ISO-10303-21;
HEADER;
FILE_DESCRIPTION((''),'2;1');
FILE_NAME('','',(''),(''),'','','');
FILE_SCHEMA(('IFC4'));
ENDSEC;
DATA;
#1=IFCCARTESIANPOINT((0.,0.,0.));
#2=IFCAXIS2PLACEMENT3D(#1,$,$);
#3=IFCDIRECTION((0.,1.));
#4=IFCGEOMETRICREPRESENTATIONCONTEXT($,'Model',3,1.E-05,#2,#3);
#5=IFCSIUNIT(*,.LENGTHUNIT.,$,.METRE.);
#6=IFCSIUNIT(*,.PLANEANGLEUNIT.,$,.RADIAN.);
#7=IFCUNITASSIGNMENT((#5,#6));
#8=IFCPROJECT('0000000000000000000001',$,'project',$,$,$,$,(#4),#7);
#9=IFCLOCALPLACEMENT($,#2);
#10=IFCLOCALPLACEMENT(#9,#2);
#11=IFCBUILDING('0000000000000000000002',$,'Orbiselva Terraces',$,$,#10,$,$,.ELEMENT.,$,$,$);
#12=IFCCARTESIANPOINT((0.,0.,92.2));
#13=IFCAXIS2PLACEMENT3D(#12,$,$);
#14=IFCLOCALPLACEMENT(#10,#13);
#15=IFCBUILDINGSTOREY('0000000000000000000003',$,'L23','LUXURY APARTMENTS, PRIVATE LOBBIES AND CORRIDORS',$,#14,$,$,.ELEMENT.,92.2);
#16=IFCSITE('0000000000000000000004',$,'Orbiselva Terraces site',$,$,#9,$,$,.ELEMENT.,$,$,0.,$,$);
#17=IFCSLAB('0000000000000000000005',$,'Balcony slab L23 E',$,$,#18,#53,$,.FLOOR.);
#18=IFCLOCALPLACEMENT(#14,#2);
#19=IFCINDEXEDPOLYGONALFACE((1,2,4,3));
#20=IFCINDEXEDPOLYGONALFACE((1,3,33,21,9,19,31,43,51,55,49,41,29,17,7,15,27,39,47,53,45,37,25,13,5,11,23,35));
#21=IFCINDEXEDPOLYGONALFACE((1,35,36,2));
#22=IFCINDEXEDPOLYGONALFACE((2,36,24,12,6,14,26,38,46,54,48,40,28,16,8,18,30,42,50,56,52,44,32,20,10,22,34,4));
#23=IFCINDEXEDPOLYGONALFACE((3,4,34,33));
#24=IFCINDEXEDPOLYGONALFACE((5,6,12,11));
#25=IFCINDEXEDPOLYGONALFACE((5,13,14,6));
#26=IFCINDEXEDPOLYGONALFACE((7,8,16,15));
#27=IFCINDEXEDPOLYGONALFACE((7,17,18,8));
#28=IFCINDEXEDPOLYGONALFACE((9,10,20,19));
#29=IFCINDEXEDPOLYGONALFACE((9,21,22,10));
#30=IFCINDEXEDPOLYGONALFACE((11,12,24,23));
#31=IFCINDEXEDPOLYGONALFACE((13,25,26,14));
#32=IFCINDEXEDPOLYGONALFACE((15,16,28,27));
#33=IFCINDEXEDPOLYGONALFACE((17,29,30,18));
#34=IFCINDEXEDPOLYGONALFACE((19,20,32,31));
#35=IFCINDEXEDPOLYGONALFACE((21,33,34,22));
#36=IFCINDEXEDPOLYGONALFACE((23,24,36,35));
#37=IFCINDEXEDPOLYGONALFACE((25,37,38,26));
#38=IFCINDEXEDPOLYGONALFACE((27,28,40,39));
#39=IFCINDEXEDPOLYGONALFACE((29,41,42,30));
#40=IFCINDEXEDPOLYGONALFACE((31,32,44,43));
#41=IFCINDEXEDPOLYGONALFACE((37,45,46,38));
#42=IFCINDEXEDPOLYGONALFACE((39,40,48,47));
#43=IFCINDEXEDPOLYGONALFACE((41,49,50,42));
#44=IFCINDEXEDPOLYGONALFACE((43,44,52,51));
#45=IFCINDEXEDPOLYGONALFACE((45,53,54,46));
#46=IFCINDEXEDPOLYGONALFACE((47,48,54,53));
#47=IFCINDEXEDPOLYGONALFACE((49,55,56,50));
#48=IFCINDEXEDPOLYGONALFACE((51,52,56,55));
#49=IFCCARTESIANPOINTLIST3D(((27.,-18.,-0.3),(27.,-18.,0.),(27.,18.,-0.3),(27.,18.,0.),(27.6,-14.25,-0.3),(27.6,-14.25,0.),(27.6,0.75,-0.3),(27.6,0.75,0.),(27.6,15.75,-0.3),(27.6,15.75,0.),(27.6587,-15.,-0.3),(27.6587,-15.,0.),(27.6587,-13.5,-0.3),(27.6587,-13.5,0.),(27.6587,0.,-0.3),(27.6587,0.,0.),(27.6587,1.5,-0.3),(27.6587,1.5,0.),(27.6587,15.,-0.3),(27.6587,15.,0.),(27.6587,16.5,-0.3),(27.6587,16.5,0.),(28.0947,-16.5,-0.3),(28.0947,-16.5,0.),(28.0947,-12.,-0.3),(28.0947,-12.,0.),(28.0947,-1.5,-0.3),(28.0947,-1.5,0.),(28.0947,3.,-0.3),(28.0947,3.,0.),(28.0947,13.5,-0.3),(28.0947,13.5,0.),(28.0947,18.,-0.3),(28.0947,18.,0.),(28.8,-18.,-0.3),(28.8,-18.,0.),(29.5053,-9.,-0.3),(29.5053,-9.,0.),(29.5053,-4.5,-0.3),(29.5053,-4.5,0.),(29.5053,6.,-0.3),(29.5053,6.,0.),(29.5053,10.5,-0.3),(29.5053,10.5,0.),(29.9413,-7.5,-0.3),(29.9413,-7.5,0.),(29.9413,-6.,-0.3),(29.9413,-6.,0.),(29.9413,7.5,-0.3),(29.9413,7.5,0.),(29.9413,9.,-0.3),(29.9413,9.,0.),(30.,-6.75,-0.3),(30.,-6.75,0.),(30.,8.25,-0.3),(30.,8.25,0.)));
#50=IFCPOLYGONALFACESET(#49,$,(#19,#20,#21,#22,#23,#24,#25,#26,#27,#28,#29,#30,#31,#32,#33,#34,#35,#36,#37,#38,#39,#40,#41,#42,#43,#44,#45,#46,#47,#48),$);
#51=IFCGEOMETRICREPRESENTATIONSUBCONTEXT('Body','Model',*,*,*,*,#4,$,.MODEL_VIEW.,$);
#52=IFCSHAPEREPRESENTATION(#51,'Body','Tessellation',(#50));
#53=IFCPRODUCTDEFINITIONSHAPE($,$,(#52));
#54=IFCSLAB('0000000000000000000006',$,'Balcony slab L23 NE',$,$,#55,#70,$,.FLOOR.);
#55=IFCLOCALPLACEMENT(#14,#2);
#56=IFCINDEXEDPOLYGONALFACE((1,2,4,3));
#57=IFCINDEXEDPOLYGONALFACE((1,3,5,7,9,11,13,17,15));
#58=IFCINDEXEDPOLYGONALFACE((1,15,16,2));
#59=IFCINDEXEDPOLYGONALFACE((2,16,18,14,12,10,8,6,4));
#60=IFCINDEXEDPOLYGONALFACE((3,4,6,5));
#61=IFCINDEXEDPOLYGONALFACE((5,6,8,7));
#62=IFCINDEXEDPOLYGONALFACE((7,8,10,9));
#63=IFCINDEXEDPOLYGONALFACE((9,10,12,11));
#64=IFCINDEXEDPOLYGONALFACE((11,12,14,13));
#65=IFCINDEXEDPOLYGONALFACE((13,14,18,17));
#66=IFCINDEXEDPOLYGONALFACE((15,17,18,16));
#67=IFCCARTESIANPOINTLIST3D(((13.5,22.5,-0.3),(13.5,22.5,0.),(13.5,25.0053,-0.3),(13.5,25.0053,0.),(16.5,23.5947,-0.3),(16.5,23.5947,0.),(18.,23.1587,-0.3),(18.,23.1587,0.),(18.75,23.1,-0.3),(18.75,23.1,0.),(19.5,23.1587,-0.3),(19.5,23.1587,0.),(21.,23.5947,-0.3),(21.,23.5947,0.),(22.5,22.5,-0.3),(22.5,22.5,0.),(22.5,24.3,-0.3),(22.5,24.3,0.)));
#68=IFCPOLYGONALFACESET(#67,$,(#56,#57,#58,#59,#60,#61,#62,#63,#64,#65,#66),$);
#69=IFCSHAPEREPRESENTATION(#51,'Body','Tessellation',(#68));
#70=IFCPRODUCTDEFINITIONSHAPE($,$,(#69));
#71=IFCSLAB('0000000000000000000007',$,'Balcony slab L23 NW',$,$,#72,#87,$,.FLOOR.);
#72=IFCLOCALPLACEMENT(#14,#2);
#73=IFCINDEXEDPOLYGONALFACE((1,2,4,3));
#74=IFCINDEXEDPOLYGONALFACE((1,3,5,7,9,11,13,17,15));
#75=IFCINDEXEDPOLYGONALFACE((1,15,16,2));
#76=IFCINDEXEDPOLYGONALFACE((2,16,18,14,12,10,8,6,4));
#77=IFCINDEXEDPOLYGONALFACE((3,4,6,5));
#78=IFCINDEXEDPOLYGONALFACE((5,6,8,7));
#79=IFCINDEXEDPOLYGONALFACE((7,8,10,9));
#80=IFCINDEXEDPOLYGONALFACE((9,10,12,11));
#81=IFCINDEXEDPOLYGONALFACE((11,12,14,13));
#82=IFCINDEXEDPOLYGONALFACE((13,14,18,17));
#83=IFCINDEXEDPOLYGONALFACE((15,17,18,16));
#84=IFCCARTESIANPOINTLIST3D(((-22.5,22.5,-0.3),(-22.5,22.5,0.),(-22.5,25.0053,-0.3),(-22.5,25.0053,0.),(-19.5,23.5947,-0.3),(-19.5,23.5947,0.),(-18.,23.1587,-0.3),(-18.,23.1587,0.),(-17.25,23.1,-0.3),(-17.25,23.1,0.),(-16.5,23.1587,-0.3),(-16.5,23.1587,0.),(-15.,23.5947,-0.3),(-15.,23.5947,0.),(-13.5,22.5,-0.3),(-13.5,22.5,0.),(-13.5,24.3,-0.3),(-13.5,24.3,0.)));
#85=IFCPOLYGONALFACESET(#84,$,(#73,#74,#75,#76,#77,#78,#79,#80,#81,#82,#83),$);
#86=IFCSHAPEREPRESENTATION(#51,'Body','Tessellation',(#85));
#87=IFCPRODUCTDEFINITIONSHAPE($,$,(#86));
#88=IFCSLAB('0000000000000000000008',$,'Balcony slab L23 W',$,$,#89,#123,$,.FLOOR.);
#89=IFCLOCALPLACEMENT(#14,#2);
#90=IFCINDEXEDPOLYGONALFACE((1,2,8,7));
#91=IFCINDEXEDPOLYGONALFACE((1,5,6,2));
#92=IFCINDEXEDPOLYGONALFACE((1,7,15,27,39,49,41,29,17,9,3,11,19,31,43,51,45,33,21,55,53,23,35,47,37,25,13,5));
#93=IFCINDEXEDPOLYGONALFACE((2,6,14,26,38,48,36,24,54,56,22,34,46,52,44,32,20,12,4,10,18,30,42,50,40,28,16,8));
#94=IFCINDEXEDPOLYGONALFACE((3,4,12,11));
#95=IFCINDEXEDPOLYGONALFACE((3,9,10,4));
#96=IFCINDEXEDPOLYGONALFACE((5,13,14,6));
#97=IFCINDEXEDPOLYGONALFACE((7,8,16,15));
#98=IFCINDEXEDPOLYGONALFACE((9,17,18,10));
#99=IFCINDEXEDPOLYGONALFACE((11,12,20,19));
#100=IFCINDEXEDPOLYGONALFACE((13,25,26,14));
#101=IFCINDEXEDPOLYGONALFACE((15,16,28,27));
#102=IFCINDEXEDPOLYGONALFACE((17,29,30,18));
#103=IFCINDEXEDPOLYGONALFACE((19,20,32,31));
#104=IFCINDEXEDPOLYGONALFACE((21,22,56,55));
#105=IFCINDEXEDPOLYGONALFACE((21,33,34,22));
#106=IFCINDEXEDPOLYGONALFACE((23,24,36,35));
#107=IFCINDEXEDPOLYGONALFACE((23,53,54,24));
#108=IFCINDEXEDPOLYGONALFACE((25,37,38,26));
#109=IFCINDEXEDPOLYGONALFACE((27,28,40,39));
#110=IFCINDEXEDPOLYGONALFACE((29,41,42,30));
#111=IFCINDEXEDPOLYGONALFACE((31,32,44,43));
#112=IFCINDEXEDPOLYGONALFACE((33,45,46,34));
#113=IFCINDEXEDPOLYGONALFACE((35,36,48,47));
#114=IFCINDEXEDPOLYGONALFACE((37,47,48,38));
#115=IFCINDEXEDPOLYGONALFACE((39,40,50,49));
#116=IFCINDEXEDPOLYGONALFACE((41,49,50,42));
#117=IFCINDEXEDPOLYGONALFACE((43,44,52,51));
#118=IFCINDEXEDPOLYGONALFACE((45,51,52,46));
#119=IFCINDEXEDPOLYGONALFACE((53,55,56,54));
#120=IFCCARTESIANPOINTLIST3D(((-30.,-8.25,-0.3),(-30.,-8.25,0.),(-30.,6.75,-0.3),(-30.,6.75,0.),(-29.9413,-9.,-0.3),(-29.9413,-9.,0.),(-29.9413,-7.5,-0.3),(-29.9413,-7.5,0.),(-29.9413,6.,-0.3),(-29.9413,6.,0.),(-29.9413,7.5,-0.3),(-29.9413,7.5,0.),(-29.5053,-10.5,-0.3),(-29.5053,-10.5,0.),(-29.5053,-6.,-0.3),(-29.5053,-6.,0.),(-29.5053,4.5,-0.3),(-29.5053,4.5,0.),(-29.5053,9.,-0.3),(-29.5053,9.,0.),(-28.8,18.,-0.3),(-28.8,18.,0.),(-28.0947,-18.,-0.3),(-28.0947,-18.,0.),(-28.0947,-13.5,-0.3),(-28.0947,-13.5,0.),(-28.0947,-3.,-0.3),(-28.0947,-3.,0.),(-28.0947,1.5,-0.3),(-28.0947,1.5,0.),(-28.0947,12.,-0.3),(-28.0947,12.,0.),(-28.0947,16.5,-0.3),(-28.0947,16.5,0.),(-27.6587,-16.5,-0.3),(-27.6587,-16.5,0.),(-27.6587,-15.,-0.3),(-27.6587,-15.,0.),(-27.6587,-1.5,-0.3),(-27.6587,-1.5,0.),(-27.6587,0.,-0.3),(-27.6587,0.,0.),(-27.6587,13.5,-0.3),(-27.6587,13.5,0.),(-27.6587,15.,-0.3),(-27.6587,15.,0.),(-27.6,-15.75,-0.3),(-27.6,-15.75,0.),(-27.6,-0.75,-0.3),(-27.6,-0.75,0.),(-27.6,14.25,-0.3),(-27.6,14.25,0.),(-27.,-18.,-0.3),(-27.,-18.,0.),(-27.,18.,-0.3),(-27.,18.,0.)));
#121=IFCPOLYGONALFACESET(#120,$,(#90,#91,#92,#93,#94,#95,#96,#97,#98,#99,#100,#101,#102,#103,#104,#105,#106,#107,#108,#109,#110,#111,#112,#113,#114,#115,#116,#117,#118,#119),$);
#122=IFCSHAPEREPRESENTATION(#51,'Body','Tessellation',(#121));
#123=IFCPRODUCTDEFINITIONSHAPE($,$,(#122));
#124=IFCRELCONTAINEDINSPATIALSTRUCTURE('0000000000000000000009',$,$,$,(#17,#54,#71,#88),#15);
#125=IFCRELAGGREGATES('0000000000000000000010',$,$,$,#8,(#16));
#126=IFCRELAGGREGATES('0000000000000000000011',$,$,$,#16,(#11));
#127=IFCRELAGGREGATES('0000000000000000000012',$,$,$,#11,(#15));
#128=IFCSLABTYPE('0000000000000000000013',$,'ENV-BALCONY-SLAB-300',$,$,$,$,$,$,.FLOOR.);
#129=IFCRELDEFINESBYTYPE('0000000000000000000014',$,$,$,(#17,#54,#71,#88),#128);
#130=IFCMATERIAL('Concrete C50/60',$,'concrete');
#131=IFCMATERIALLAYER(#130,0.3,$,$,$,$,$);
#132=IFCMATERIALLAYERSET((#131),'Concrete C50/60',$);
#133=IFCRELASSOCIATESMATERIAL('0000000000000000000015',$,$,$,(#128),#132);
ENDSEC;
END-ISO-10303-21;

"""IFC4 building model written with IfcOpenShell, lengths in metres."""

from ifc_helpers import new_model, si_unit, direction, frame, origin, place, context, subcontext, project, spatial, polyline, outline, extrude, material, layer, layer_set, type_object, element, save


model = new_model("IFC4")

# Units and contexts
model_context = context("Model", 3, precision=1e-05, world=origin(), true_north=direction((0.0, 1.0)))
body_context = subcontext(model_context, "Body", "Model", "MODEL_VIEW")
ifc_project = project(units=[si_unit("LENGTHUNIT", "METRE"), si_unit("PLANEANGLEUNIT", "RADIAN")], contexts=[model_context])

# Site, building, storey
site_placement = place(None, origin())
site = spatial("IfcSite", under=ifc_project, at=site_placement, Name="Orbiselva Terraces site", CompositionType="ELEMENT", RefElevation=0.0)
building_placement = place(site_placement, origin())
building = spatial("IfcBuilding", under=site, at=building_placement, Name="Orbiselva Terraces", CompositionType="ELEMENT")
storey_placement = place(building_placement, frame((0.0, 0.0, 92.2)))
storey = spatial("IfcBuildingStorey", under=building, at=storey_placement, Name="L23", Description="LUXURY APARTMENTS, PRIVATE LOBBIES AND CORRIDORS", CompositionType="ELEMENT", Elevation=92.2)

# Slabs
ifc_material_1 = material(Name="Concrete C50/60", Category="concrete")
ifc_layer_1 = layer(ifc_material_1, 0.3)
ifc_layer_set_1 = layer_set([ifc_layer_1], Name="Concrete C50/60")
slab_type_1 = type_object("IfcSlabType", Name="ENV-BALCONY-SLAB-300", PredefinedType="FLOOR", material=ifc_layer_set_1)
slab_1_placement = place(storey_placement, frame((0.0, 0.0, -0.3)))
element("IfcSlab", 1, at=slab_1_placement, inside=storey, type_object=slab_type_1, Name="Balcony slab L23 E", PredefinedType="FLOOR", context=body_context, shape_type="SweptSolid", body=[
    extrude(outline(polyline([(28.8, -18.0), (28.0947, -16.5), (27.6587, -15.0), (27.6, -14.25), (27.6587, -13.5), (28.0947, -12.0), (29.5053, -9.0), (29.9413, -7.5), (30.0, -6.75), (29.9413, -6.0), (29.5053, -4.5), (28.0947, -1.5), (27.6587, 0.0), (27.6, 0.75), (27.6587, 1.5), (28.0947, 3.0), (29.5053, 6.0), (29.9413, 7.5), (30.0, 8.25), (29.9413, 9.0), (29.5053, 10.5), (28.0947, 13.5), (27.6587, 15.0), (27.6, 15.75), (27.6587, 16.5), (28.0947, 18.0), (27.0, 18.0), (27.0, -18.0), (28.8, -18.0)])), origin(), (0.0, 0.0, 1.0), 0.3),
])
slab_2_placement = place(storey_placement, frame((0.0, 0.0, -0.3)))
element("IfcSlab", 2, at=slab_2_placement, inside=storey, type_object=slab_type_1, Name="Balcony slab L23 NE", PredefinedType="FLOOR", context=body_context, shape_type="SweptSolid", body=[
    extrude(outline(polyline([(22.5, 24.3), (21.0, 23.5947), (19.5, 23.1587), (18.75, 23.1), (18.0, 23.1587), (16.5, 23.5947), (13.5, 25.0053), (13.5, 22.5), (22.5, 22.5), (22.5, 24.3)])), origin(), (0.0, 0.0, 1.0), 0.3),
])
slab_3_placement = place(storey_placement, frame((0.0, 0.0, -0.3)))
element("IfcSlab", 3, at=slab_3_placement, inside=storey, type_object=slab_type_1, Name="Balcony slab L23 NW", PredefinedType="FLOOR", context=body_context, shape_type="SweptSolid", body=[
    extrude(outline(polyline([(-13.5, 24.3), (-15.0, 23.5947), (-16.5, 23.1587), (-17.25, 23.1), (-18.0, 23.1587), (-19.5, 23.5947), (-22.5, 25.0053), (-22.5, 22.5), (-13.5, 22.5), (-13.5, 24.3)])), origin(), (0.0, 0.0, 1.0), 0.3),
])
slab_4_placement = place(storey_placement, frame((0.0, 0.0, -0.3)))
element("IfcSlab", 4, at=slab_4_placement, inside=storey, type_object=slab_type_1, Name="Balcony slab L23 W", PredefinedType="FLOOR", context=body_context, shape_type="SweptSolid", body=[
    extrude(outline(polyline([(-28.8, 18.0), (-28.0947, 16.5), (-27.6587, 15.0), (-27.6, 14.25), (-27.6587, 13.5), (-28.0947, 12.0), (-29.5053, 9.0), (-29.9413, 7.5), (-30.0, 6.75), (-29.9413, 6.0), (-29.5053, 4.5), (-28.0947, 1.5), (-27.6587, 0.0), (-27.6, -0.75), (-27.6587, -1.5), (-28.0947, -3.0), (-29.5053, -6.0), (-29.9413, -7.5), (-30.0, -8.25), (-29.9413, -9.0), (-29.5053, -10.5), (-28.0947, -13.5), (-27.6587, -15.0), (-27.6, -15.75), (-27.6587, -16.5), (-28.0947, -18.0), (-27.0, -18.0), (-27.0, 18.0), (-28.8, 18.0)])), origin(), (0.0, 0.0, 1.0), 0.3),
])

save(model, "model.ifc")
